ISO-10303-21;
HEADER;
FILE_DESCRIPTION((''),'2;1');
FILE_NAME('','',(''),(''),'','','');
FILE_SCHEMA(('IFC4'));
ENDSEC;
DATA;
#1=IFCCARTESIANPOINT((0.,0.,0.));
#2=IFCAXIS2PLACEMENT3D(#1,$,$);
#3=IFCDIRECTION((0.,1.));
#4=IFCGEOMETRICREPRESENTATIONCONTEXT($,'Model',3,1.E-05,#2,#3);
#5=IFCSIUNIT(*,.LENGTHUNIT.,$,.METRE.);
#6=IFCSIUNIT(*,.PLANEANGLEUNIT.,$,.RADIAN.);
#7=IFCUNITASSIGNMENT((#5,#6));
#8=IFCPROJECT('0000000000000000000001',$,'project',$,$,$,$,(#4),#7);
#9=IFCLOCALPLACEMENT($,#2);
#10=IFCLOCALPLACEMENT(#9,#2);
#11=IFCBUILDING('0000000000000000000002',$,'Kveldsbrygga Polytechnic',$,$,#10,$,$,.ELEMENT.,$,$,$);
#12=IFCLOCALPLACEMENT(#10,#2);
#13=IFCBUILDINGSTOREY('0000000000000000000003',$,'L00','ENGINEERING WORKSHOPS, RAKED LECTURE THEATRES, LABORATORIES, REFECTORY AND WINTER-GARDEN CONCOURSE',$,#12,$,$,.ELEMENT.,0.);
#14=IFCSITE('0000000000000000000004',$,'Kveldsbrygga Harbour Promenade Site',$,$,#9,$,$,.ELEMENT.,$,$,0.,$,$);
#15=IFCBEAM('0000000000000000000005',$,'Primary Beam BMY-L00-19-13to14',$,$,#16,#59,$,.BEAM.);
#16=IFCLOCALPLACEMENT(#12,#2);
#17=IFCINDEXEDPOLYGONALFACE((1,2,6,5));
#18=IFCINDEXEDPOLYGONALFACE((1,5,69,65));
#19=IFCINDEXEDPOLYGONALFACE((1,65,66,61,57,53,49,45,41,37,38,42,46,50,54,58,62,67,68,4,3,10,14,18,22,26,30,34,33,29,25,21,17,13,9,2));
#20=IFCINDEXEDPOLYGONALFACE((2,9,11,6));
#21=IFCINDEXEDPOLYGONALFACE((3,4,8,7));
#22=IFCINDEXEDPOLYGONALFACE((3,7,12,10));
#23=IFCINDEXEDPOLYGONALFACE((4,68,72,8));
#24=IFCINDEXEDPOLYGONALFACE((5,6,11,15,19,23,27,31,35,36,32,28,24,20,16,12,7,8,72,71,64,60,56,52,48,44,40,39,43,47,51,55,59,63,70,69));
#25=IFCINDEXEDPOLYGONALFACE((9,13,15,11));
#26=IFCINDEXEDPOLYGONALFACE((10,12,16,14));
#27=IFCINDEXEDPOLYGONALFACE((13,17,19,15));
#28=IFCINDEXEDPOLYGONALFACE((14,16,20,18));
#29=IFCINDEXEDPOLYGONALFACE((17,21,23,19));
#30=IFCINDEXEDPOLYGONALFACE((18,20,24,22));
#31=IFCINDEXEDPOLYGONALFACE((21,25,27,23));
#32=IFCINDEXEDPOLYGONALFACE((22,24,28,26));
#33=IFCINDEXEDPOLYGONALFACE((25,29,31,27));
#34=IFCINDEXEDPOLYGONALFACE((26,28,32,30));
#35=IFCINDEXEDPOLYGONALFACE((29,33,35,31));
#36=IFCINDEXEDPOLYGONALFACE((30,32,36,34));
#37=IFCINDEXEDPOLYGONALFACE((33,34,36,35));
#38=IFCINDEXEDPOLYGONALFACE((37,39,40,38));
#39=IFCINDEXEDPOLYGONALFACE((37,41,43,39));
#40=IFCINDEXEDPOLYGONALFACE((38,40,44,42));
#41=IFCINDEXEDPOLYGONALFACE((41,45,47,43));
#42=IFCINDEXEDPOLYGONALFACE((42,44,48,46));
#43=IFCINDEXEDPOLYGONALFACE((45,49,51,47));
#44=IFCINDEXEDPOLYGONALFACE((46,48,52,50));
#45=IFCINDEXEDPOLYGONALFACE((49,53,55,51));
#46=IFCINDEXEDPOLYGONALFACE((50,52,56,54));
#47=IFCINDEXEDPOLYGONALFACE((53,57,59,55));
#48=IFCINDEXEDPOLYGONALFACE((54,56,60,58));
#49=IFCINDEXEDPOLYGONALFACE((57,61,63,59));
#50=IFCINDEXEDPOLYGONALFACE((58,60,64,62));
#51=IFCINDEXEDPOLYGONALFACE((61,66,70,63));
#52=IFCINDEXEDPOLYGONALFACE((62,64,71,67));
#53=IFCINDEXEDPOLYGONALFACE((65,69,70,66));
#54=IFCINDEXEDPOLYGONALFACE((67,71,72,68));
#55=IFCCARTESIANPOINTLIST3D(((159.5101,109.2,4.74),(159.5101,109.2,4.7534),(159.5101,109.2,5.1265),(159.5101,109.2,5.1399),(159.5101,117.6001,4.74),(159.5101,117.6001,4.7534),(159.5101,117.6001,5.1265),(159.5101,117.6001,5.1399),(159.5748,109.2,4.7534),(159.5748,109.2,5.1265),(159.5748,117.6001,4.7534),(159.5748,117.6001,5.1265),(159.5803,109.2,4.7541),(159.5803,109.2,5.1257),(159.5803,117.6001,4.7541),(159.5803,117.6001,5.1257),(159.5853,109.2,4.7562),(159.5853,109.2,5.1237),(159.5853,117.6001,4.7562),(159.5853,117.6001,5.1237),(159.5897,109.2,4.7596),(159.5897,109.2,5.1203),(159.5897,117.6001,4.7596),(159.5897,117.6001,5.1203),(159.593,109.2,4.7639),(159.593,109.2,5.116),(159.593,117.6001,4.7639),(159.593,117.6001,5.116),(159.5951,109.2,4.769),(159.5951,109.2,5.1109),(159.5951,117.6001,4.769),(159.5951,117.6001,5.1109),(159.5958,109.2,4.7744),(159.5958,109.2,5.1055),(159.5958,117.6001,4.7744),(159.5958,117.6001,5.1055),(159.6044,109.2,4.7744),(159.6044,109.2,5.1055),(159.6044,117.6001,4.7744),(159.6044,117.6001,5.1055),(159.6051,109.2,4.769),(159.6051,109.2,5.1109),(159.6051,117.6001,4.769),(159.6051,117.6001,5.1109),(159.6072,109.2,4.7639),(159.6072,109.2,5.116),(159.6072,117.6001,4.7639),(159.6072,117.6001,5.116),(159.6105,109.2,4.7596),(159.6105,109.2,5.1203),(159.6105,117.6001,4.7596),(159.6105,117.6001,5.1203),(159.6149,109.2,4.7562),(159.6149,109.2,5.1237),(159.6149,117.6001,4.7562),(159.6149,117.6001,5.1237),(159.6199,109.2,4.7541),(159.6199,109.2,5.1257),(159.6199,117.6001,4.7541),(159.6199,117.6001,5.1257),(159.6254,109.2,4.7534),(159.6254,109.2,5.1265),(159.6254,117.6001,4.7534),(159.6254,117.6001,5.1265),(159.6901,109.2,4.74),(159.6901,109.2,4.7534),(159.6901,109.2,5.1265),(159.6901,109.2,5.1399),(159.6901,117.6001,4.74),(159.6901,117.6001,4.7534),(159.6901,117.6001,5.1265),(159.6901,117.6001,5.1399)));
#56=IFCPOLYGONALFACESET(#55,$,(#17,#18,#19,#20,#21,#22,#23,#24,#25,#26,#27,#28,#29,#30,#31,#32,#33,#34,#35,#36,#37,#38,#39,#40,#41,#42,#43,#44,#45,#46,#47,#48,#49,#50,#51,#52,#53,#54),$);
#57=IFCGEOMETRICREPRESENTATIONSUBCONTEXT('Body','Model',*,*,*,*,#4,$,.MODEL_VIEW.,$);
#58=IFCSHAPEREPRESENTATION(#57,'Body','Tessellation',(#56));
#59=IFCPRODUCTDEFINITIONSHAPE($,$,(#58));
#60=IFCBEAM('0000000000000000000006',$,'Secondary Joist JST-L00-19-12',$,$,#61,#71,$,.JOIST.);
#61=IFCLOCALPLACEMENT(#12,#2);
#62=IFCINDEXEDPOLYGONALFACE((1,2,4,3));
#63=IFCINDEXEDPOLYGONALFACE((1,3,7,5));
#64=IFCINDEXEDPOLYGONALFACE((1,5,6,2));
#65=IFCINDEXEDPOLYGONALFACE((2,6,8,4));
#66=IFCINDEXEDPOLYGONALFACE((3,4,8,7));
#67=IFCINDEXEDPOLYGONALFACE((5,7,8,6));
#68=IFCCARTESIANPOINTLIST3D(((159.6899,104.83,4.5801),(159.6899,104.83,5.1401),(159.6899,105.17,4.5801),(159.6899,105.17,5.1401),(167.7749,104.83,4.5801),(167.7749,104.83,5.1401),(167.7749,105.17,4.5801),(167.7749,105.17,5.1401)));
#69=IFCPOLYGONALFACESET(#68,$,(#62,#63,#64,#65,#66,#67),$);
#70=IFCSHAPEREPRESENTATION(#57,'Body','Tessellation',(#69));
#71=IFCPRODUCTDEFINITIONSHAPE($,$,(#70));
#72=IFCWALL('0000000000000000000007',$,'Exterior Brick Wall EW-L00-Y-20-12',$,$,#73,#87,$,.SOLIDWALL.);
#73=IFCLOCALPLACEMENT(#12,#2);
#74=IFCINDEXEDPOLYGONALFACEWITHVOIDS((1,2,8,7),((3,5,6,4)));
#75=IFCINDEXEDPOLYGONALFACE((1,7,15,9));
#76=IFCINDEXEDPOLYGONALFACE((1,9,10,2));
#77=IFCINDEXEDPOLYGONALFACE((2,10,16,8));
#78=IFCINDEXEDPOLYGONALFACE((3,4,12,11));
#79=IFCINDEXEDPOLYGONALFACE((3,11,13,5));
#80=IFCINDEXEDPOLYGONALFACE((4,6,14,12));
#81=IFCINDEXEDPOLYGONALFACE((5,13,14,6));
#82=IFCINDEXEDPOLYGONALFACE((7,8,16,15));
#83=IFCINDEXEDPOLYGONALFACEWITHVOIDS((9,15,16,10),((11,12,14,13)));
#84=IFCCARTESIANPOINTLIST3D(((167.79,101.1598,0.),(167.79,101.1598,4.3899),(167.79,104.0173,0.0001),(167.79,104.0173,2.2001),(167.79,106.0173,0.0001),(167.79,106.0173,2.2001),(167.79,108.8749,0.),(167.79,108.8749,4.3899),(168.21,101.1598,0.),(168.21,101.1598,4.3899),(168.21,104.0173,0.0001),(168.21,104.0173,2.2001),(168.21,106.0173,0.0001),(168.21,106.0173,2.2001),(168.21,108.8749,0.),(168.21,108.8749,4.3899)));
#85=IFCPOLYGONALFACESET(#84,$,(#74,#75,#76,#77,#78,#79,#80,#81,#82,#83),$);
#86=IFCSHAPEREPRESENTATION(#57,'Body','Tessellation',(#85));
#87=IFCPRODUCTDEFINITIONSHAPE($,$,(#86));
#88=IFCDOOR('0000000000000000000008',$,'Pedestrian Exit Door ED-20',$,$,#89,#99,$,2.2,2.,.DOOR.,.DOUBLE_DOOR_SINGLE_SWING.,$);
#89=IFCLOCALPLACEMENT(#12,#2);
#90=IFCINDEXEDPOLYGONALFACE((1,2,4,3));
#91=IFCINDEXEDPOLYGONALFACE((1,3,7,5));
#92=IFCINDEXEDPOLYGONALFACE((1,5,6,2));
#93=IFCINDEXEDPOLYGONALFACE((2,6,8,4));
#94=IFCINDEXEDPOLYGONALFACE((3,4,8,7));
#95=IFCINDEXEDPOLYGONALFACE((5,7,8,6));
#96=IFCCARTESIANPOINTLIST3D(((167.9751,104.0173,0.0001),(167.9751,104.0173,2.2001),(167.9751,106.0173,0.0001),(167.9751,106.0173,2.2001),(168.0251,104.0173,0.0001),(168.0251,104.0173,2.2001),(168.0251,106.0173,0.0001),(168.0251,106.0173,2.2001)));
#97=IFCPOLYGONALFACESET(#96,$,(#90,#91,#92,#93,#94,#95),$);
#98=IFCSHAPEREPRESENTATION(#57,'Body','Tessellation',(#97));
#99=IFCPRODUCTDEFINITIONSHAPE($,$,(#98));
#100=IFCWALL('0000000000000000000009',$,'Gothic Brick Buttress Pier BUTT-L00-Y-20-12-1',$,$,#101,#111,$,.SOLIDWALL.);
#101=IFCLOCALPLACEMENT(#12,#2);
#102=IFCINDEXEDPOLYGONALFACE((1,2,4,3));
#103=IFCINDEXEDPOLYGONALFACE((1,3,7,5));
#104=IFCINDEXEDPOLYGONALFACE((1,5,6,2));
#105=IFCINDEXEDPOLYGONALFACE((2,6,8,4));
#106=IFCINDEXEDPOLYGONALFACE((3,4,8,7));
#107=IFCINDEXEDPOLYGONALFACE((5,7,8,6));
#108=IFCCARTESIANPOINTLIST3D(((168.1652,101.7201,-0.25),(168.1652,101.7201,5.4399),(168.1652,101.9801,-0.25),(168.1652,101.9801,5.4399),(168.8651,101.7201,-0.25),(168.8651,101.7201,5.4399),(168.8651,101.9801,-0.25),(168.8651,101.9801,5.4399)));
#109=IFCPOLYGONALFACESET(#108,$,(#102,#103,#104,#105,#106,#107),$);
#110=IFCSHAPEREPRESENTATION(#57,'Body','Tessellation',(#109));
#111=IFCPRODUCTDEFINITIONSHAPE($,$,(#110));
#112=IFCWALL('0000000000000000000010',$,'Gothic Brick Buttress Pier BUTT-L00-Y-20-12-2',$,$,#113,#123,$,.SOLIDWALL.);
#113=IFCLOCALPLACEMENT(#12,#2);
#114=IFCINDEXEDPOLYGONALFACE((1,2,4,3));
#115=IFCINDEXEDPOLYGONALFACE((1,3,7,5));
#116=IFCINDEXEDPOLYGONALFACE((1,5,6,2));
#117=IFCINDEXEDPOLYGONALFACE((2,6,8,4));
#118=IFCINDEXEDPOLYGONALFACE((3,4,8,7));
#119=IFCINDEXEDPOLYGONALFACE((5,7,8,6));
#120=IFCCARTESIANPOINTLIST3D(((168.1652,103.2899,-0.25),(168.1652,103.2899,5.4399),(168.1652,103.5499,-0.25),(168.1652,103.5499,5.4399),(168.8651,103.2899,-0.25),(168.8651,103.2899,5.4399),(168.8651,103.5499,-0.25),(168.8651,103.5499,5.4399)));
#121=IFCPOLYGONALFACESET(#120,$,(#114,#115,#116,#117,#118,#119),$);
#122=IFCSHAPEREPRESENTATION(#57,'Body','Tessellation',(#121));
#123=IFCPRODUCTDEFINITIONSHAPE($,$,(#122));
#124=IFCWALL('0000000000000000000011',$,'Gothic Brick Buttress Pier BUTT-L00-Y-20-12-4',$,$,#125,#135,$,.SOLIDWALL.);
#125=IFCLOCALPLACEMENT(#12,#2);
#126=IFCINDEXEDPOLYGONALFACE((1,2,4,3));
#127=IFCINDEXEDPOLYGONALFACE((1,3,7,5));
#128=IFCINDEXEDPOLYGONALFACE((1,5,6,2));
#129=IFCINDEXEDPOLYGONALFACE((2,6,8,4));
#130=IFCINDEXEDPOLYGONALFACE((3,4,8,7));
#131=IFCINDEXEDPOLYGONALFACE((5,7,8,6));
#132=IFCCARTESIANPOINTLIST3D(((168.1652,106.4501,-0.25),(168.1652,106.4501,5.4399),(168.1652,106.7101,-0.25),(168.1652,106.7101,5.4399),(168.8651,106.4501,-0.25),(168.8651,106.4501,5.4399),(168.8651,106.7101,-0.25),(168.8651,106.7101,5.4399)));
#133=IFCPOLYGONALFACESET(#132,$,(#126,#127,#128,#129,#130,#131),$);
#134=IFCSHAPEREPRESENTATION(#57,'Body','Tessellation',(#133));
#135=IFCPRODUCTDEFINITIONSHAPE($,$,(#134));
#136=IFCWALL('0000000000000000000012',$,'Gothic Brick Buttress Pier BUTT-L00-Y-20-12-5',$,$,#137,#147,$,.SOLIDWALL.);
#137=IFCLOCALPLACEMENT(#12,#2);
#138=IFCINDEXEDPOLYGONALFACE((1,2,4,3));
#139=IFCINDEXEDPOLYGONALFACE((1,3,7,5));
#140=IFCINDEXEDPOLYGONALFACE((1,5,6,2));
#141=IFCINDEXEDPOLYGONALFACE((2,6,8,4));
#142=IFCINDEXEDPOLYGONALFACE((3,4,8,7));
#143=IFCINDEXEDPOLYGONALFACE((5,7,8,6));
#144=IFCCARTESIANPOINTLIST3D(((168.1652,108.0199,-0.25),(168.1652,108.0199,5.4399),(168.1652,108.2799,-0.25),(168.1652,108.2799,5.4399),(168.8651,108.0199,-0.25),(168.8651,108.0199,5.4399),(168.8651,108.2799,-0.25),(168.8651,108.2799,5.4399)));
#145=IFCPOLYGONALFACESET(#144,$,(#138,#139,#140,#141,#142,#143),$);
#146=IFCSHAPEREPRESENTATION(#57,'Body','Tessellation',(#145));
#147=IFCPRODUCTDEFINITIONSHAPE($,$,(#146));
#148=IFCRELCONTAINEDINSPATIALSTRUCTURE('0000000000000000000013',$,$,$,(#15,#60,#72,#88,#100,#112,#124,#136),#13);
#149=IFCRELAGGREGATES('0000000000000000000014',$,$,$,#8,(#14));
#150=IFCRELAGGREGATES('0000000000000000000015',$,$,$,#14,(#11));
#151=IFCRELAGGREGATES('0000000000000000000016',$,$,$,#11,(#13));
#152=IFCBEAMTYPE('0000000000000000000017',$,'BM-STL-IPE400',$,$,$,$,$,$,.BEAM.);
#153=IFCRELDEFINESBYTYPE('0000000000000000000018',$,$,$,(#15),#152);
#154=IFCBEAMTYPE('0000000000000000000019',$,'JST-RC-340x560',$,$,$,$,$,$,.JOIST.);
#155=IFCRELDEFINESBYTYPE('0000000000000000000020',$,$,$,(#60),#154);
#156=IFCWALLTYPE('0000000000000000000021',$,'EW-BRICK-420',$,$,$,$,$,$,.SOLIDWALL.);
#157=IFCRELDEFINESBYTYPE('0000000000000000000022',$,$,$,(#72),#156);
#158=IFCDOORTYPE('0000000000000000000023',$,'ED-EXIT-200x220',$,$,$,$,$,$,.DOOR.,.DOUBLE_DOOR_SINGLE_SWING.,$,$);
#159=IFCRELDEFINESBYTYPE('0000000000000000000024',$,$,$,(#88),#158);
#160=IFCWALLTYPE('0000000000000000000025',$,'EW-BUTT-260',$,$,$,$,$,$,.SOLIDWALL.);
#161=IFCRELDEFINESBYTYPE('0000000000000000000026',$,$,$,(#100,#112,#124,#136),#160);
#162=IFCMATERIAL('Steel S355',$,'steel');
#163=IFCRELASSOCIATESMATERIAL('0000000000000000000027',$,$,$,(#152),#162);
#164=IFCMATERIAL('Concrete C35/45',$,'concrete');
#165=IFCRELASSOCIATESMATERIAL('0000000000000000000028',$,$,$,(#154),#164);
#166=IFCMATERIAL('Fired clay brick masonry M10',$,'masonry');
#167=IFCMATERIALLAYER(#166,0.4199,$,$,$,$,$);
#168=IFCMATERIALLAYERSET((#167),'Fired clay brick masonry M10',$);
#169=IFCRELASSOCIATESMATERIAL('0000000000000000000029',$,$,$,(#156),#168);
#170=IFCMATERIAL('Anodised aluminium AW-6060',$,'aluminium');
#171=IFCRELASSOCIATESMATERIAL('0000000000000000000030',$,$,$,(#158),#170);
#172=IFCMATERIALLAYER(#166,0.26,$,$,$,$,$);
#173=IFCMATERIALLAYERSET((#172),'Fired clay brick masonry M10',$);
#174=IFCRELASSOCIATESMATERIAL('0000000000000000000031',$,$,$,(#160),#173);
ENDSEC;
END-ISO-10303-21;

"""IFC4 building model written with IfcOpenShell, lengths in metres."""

from ifc_helpers import new_model, si_unit, direction, frame, frame_2d, origin, origin_2d, place, context, subcontext, project, spatial, rectangle, i_section, extrude, material, layer, layer_set, material_profile, profile_set, type_object, element, fill, save


model = new_model("IFC4")

# Units and contexts
model_context = context("Model", 3, precision=1e-05, world=origin(), true_north=direction((0.0, 1.0)))
body_context = subcontext(model_context, "Body", "Model", "MODEL_VIEW")
ifc_project = project(units=[si_unit("LENGTHUNIT", "METRE"), si_unit("PLANEANGLEUNIT", "RADIAN")], contexts=[model_context])

# Site, building, storey
site_placement = place(None, origin())
site = spatial("IfcSite", under=ifc_project, at=site_placement, Name="Kveldsbrygga Harbour Promenade Site", CompositionType="ELEMENT", RefElevation=0.0)
building_placement = place(site_placement, origin())
building = spatial("IfcBuilding", under=site, at=building_placement, Name="Kveldsbrygga Polytechnic", CompositionType="ELEMENT")
storey_placement = place(building_placement, origin())
storey = spatial("IfcBuildingStorey", under=building, at=storey_placement, Name="L00", Description="ENGINEERING WORKSHOPS, RAKED LECTURE THEATRES, LABORATORIES, REFECTORY AND WINTER-GARDEN CONCOURSE", CompositionType="ELEMENT", Elevation=0.0)

# Beams
ifc_material_1 = material(Name="Concrete C35/45", Category="concrete")
ifc_material_2 = material(Name="Steel S355", Category="steel")
ifc_material_profile_1 = material_profile(ifc_material_2, i_section(OverallWidth=0.1799, OverallDepth=0.3999, WebThickness=0.0085, FlangeThickness=0.0134, FilletRadius=0.021, at=origin_2d()), Name="IPE 400")
ifc_profile_set_1 = profile_set([ifc_material_profile_1], Name="Steel S355")
beam_type_1 = type_object("IfcBeamType", Name="BM-STL-IPE400", PredefinedType="BEAM", material=ifc_profile_set_1)
beam_1_placement = place(storey_placement, frame((159.6001, 109.2, 4.9399), z_axis=(0.0, 1.0, 0.0), x_axis=(-1.0, 0.0, 0.0)))
element("IfcBeam", 1, at=beam_1_placement, inside=storey, type_object=beam_type_1, Name="Primary Beam BMY-L00-19-13to14", PredefinedType="BEAM", context=body_context, shape_type="SweptSolid", body=[
    extrude(i_section(OverallWidth=0.1799, OverallDepth=0.3999, WebThickness=0.0085, FlangeThickness=0.0134, FilletRadius=0.021, at=origin_2d()), origin(), (0.0, 0.0, 1.0), 8.4001),
])
ifc_material_profile_2 = material_profile(ifc_material_1, rectangle(XDim=0.3401, YDim=0.5601, at=origin_2d()), Name="RC 340x560")
ifc_profile_set_2 = profile_set([ifc_material_profile_2], Name="Concrete C35/45")
beam_type_2 = type_object("IfcBeamType", Name="JST-RC-340x560", PredefinedType="JOIST", material=ifc_profile_set_2)
beam_2_placement = place(storey_placement, frame((159.6899, 105.0, 4.8601), z_axis=(1.0, 0.0, 0.0), x_axis=(0.0, 1.0, 0.0)))
element("IfcBeam", 2, at=beam_2_placement, inside=storey, type_object=beam_type_2, Name="Secondary Joist JST-L00-19-12", PredefinedType="JOIST", context=body_context, shape_type="SweptSolid", body=[
    extrude(rectangle(XDim=0.3401, YDim=0.5601, at=origin_2d()), origin(), (0.0, 0.0, 1.0), 8.085),
])

# Wall, opening, door
ifc_material_3 = material(Name="Fired clay brick masonry M10", Category="masonry")
ifc_layer_1 = layer(ifc_material_3, 0.4199)
ifc_layer_set_1 = layer_set([ifc_layer_1], Name="Fired clay brick masonry M10")
wall_type_1 = type_object("IfcWallType", Name="EW-BRICK-420", PredefinedType="SOLIDWALL", material=ifc_layer_set_1)
wall_placement = place(storey_placement, frame((168.0, 101.1599, 0.0), z_axis=(0.0, 0.0, 1.0), x_axis=(0.0, 1.0, 0.0)))
wall = element("IfcWall", 3, at=wall_placement, inside=storey, type_object=wall_type_1, Name="Exterior Brick Wall EW-L00-Y-20-12", PredefinedType="SOLIDWALL", context=body_context, shape_type="SweptSolid", body=[
    extrude(rectangle(XDim=7.7151, YDim=0.4199, at=frame_2d((3.8574, 0.0))), origin(), (0.0, 0.0, 1.0), 4.3899),
])
opening_placement = place(wall_placement, frame((2.8574, 0.0, 0.0)))
opening = element("IfcOpeningElement", 4, at=opening_placement, cuts=wall, PredefinedType="OPENING", context=body_context, shape_type="SweptSolid", body=[
    extrude(rectangle(XDim=2.0, YDim=2.2, at=frame_2d((1.0, 1.1001))), frame((0.0, 0.22, 0.0), z_axis=(0.0, -1.0, 0.0), x_axis=(1.0, 0.0, 0.0)), (0.0, 0.0, 1.0), 0.4399),
])
ifc_material_4 = material(Name="Anodised aluminium AW-6060", Category="aluminium")
door_type = type_object("IfcDoorType", Name="ED-EXIT-200x220", OperationType="DOUBLE_DOOR_SINGLE_SWING", PredefinedType="DOOR", material=ifc_material_4)
door_placement = place(opening_placement, origin())
door = element("IfcDoor", 5, at=door_placement, inside=storey, type_object=door_type, Name="Pedestrian Exit Door ED-20", OperationType="DOUBLE_DOOR_SINGLE_SWING", OverallHeight=2.2, OverallWidth=2.0, PredefinedType="DOOR", context=body_context, shape_type="SweptSolid", body=[
    extrude(rectangle(XDim=2.0, YDim=2.2, at=frame_2d((1.0, 1.1001))), frame((0.0, 0.0249, 0.0), z_axis=(0.0, -1.0, 0.0), x_axis=(1.0, 0.0, 0.0)), (0.0, 0.0, 1.0), 0.05),
])
fill(opening, door)

# Walls
ifc_layer_2 = layer(ifc_material_3, 0.26)
ifc_layer_set_2 = layer_set([ifc_layer_2], Name="Fired clay brick masonry M10")
wall_type_2 = type_object("IfcWallType", Name="EW-BUTT-260", PredefinedType="SOLIDWALL", material=ifc_layer_set_2)
for number, where, z_axis, x_axis, name in (
    (6, (168.165, 101.8501, -0.25), (0.0, 0.0, 1.0), (1.0, 0.0, 0.0), "Gothic Brick Buttress Pier BUTT-L00-Y-20-12-1"),
    (7, (168.165, 103.4199, -0.25), (0.0, 0.0, 1.0), (1.0, 0.0, 0.0), "Gothic Brick Buttress Pier BUTT-L00-Y-20-12-2"),
    (8, (168.165, 106.5801, -0.25), (0.0, 0.0, 1.0), (1.0, 0.0, 0.0), "Gothic Brick Buttress Pier BUTT-L00-Y-20-12-4"),
    (9, (168.165, 108.1499, -0.25), (0.0, 0.0, 1.0), (1.0, 0.0, 0.0), "Gothic Brick Buttress Pier BUTT-L00-Y-20-12-5"),
):
    element("IfcWall", number, at=place(storey_placement, frame(where, z_axis=z_axis, x_axis=x_axis)), inside=storey, type_object=wall_type_2, Name=name, PredefinedType="SOLIDWALL", context=body_context, shape_type="SweptSolid", body=[
        extrude(rectangle(XDim=0.7, YDim=0.26, at=frame_2d((0.3501, 0.0))), origin(), (0.0, 0.0, 1.0), 5.6899),
    ])

save(model, "model.ifc")
